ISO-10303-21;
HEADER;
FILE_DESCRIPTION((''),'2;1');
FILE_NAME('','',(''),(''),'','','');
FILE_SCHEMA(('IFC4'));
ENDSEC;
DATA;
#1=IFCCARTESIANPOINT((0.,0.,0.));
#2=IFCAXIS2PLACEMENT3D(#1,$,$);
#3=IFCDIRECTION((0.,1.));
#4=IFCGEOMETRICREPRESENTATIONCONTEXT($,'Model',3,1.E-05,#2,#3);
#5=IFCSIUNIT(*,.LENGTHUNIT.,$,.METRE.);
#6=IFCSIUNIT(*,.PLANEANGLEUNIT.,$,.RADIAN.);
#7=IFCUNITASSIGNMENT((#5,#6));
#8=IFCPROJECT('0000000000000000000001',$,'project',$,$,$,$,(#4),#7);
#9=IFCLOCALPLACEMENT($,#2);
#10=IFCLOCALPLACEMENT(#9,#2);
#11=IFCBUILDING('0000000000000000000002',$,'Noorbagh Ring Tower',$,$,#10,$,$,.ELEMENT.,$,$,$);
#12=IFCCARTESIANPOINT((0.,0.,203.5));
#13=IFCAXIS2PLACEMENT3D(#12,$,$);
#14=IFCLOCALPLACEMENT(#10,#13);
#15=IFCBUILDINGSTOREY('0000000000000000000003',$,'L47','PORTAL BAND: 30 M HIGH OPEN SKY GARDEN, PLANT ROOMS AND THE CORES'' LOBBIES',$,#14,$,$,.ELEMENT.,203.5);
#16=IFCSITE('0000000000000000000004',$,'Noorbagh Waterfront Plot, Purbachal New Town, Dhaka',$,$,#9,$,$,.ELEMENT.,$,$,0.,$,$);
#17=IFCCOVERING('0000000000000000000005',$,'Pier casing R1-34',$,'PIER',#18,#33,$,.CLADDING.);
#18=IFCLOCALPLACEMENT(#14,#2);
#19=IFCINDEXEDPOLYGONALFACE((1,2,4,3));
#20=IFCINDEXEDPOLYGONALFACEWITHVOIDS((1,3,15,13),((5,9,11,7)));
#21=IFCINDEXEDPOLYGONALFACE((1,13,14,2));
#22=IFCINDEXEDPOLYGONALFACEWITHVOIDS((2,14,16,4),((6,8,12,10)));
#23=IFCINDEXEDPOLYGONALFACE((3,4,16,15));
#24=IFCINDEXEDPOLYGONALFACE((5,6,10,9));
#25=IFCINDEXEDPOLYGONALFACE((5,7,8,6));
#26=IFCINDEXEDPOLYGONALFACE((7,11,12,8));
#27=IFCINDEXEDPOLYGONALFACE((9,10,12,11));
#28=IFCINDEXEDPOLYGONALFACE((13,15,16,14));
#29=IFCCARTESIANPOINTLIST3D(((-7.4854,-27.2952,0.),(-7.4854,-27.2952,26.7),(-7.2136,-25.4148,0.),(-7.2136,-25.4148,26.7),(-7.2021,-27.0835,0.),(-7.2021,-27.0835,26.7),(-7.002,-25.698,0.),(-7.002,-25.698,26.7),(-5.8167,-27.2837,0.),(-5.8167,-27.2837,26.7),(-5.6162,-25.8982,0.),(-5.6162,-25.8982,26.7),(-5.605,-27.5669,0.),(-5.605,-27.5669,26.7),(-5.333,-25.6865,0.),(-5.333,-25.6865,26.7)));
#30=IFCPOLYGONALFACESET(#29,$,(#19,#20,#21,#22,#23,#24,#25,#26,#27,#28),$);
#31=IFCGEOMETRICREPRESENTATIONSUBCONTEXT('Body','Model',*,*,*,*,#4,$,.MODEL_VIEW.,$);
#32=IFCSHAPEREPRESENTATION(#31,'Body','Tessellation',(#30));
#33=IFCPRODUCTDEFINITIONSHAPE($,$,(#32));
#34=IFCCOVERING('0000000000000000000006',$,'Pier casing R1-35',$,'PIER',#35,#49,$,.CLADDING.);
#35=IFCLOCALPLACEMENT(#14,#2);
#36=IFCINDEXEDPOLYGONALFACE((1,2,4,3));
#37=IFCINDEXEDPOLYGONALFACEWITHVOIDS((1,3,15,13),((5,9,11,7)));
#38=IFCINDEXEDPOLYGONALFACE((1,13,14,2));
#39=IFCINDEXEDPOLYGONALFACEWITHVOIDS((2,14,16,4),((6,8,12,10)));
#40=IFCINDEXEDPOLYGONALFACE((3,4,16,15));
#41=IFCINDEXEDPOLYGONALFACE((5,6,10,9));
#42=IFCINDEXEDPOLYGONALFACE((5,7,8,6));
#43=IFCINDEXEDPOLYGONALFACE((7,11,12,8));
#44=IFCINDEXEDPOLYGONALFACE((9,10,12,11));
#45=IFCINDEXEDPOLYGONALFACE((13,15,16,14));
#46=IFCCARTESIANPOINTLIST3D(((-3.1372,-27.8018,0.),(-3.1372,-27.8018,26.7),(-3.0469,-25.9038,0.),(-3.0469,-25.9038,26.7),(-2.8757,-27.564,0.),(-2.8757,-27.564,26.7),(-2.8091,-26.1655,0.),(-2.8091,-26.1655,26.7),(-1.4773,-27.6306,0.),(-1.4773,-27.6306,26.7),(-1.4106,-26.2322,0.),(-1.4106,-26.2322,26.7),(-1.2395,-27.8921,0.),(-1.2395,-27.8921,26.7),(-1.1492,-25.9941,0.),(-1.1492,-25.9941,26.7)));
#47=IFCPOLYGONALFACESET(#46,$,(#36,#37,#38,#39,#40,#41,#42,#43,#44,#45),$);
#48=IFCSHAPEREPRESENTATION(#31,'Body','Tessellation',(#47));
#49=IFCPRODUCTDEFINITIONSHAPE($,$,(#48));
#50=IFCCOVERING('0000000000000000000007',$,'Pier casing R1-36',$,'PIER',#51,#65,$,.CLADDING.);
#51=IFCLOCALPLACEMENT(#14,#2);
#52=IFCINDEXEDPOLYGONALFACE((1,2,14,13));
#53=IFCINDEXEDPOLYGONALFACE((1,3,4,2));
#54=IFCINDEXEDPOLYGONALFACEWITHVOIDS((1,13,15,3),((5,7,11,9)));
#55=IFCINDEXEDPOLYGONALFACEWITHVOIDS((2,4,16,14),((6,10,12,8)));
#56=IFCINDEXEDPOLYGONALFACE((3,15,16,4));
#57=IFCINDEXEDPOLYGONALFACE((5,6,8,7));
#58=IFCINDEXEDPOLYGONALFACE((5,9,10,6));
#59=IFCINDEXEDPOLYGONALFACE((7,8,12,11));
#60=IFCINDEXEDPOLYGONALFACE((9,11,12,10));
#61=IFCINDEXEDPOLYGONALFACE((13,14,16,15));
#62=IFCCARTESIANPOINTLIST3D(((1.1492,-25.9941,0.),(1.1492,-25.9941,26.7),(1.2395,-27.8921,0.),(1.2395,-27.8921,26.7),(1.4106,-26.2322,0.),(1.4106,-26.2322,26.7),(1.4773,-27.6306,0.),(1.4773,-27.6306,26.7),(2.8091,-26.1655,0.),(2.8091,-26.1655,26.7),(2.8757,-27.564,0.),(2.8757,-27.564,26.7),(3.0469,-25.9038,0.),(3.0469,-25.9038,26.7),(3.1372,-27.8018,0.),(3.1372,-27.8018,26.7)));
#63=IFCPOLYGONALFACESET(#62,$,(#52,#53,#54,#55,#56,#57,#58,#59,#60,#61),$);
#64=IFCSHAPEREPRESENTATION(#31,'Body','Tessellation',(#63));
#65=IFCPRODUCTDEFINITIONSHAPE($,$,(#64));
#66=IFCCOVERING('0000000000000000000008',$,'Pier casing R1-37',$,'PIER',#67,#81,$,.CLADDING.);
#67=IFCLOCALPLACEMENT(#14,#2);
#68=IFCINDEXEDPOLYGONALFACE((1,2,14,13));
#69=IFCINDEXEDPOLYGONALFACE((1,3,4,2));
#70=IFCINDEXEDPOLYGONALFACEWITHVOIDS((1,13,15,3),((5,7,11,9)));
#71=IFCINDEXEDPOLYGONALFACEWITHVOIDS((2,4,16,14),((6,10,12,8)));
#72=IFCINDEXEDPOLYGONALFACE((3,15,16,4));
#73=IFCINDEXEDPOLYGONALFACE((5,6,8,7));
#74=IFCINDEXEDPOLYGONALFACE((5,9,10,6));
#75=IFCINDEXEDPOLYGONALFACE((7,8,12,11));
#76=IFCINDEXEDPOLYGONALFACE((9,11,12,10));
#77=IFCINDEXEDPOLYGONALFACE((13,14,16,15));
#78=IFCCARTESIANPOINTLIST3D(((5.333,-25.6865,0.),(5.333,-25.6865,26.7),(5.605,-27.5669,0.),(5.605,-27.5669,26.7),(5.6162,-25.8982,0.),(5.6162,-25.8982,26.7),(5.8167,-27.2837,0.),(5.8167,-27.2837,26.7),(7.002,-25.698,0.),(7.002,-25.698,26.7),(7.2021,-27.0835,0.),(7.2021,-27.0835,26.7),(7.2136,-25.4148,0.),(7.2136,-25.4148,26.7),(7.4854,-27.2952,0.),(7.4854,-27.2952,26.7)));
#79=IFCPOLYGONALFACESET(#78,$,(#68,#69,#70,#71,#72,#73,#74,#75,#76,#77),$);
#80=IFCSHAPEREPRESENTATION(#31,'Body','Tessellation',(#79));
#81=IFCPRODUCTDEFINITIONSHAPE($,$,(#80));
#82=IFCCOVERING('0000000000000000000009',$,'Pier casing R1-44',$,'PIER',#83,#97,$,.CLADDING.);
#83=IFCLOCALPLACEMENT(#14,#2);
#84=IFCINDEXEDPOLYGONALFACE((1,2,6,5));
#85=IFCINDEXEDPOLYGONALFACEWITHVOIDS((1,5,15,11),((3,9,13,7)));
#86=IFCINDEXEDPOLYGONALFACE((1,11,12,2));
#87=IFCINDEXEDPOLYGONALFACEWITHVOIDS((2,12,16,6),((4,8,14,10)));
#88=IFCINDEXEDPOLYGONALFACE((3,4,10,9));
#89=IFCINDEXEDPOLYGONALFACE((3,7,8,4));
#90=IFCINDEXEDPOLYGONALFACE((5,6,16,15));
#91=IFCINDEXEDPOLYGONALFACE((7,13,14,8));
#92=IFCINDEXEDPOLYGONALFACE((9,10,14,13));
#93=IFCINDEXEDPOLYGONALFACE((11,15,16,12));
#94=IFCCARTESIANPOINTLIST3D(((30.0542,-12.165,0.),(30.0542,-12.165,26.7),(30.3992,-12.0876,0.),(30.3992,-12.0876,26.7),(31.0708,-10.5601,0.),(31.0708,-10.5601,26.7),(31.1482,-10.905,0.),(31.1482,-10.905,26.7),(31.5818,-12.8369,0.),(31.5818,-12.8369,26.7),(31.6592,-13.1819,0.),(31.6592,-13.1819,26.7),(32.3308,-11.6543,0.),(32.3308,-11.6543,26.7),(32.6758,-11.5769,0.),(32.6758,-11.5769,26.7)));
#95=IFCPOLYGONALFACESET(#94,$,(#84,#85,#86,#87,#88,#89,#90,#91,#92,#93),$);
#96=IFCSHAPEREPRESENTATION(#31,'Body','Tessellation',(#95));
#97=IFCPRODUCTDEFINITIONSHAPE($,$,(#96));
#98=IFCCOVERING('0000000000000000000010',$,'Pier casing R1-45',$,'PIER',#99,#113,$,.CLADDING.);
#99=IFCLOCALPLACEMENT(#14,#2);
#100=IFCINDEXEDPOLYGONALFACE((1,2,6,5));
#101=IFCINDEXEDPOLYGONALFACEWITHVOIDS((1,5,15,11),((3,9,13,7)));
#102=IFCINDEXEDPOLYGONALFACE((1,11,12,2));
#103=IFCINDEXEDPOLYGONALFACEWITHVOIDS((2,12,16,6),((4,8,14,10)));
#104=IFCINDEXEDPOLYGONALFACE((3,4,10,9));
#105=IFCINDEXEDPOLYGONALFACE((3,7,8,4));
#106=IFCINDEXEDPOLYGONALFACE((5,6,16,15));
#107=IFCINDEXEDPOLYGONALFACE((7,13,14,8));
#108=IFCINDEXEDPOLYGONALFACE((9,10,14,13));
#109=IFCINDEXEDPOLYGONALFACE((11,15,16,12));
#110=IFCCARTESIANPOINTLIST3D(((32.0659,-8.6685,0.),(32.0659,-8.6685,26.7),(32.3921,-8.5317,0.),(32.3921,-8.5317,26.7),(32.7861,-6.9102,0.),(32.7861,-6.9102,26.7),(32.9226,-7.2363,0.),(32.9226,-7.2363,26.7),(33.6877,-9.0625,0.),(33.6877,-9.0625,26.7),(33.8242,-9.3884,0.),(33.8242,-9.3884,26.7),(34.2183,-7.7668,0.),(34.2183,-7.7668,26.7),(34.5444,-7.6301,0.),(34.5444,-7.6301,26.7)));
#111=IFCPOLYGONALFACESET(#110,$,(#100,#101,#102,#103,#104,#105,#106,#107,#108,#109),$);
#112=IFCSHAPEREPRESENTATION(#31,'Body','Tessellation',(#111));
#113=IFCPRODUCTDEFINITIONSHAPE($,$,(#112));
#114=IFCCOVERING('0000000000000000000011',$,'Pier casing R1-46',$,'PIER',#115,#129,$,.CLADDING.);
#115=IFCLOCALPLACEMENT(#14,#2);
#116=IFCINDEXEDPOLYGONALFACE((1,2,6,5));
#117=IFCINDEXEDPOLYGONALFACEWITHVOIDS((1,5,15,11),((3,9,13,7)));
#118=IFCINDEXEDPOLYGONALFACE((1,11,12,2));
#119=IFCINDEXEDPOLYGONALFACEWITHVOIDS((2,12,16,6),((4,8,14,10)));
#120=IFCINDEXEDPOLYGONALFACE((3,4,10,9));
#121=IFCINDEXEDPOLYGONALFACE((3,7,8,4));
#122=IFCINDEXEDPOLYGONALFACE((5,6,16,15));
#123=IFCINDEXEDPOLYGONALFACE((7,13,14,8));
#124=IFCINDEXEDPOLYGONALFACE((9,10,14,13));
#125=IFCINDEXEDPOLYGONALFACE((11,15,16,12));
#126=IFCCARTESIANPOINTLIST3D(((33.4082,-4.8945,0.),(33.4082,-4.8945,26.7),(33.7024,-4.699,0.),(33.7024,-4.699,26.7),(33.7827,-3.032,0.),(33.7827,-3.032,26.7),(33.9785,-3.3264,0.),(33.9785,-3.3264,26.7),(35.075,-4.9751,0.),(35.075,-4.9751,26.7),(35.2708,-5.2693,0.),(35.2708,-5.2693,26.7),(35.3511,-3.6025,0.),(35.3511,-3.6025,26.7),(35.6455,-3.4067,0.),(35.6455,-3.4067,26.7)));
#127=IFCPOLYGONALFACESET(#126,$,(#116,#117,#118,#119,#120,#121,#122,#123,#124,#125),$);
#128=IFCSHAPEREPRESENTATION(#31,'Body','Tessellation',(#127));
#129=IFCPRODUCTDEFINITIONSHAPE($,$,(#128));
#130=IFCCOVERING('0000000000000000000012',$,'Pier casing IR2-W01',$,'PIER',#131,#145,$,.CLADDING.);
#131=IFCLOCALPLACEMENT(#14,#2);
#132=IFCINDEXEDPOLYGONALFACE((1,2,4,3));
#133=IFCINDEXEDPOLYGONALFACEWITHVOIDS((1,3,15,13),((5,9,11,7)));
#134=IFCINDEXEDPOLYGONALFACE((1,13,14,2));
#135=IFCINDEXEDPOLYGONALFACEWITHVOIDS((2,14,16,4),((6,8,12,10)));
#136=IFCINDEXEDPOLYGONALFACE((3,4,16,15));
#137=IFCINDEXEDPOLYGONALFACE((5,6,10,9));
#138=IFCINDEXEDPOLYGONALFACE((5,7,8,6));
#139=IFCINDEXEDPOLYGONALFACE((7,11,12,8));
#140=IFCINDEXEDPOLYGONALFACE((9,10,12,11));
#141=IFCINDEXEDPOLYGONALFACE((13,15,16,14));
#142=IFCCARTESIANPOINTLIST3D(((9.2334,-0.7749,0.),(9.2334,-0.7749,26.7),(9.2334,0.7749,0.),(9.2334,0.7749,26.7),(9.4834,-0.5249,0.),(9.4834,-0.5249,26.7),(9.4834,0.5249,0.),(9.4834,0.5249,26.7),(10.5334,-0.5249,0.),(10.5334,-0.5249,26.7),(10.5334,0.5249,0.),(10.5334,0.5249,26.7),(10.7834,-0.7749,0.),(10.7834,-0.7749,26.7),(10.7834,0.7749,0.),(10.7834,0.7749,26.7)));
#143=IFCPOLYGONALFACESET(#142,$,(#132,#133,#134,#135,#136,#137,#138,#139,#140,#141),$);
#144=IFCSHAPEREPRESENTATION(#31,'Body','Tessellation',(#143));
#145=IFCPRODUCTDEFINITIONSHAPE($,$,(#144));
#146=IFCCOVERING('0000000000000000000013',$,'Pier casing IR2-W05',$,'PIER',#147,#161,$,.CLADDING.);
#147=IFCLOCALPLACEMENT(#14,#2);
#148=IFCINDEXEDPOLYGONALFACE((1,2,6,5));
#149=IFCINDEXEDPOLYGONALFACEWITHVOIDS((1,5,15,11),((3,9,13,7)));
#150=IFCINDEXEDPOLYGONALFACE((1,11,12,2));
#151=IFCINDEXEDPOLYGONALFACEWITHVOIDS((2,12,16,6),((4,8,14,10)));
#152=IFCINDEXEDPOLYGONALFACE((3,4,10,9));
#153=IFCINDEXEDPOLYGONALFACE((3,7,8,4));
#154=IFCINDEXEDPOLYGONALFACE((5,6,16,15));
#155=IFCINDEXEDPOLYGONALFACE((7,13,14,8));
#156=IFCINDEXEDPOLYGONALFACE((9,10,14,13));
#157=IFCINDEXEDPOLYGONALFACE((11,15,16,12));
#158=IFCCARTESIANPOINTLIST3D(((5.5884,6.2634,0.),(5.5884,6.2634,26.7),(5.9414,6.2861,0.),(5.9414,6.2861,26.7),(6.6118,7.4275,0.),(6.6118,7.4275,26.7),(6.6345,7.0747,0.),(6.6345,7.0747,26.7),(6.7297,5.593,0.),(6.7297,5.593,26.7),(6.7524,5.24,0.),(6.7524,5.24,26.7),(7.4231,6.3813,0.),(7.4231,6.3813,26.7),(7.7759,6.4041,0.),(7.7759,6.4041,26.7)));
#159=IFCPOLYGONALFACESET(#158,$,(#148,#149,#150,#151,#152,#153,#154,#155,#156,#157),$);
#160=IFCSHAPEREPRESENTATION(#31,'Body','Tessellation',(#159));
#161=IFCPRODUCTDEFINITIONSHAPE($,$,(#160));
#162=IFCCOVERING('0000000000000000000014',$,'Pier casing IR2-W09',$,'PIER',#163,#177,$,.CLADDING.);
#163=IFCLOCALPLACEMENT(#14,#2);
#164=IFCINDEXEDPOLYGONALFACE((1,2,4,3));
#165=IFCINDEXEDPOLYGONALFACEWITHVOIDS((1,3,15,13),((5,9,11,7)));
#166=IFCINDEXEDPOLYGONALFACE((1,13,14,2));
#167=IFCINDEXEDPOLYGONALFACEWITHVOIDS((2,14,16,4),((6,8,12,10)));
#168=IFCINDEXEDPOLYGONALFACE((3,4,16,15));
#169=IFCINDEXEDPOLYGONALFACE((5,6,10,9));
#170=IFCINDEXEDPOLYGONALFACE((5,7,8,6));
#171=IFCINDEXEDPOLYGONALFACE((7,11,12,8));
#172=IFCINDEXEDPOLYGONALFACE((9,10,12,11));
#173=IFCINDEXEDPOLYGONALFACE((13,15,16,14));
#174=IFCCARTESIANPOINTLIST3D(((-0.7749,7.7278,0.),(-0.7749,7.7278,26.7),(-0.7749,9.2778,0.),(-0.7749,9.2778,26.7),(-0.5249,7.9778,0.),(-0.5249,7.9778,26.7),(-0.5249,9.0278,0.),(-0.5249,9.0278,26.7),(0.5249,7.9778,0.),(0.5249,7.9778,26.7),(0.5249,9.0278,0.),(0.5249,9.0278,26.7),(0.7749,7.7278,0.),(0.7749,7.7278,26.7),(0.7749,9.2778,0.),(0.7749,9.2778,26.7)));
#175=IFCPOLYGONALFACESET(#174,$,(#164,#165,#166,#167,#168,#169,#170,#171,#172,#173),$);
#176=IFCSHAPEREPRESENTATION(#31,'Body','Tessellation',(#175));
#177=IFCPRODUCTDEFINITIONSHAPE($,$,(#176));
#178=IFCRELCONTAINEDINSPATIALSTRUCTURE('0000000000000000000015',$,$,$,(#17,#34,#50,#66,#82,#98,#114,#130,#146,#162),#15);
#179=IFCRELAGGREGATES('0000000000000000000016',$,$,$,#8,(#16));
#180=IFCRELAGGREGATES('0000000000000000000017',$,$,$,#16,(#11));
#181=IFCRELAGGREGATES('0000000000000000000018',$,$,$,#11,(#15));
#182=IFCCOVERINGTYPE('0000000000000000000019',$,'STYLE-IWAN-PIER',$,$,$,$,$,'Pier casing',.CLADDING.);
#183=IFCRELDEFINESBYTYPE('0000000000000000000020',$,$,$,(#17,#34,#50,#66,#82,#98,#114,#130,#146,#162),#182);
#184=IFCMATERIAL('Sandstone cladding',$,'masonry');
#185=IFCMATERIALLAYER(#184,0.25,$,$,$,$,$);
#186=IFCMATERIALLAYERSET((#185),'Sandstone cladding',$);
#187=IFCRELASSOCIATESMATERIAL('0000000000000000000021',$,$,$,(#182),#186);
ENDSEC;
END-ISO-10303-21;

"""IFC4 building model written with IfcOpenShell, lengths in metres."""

from ifc_helpers import new_model, si_unit, direction, frame, origin, place, context, subcontext, project, spatial, polyline, outline, extrude, material, layer, layer_set, type_object, element, save


model = new_model("IFC4")

# Units and contexts
model_context = context("Model", 3, precision=1e-05, world=origin(), true_north=direction((0.0, 1.0)))
body_context = subcontext(model_context, "Body", "Model", "MODEL_VIEW")
ifc_project = project(units=[si_unit("LENGTHUNIT", "METRE"), si_unit("PLANEANGLEUNIT", "RADIAN")], contexts=[model_context])

# Site, building, storey
site_placement = place(None, origin())
site = spatial("IfcSite", under=ifc_project, at=site_placement, Name="Noorbagh Waterfront Plot, Purbachal New Town, Dhaka", CompositionType="ELEMENT", RefElevation=0.0)
building_placement = place(site_placement, origin())
building = spatial("IfcBuilding", under=site, at=building_placement, Name="Noorbagh Ring Tower", CompositionType="ELEMENT")
storey_placement = place(building_placement, frame((0.0, 0.0, 203.5)))
storey = spatial("IfcBuildingStorey", under=building, at=storey_placement, Name="L47", Description="PORTAL BAND: 30 M HIGH OPEN SKY GARDEN, PLANT ROOMS AND THE CORES' LOBBIES", CompositionType="ELEMENT", Elevation=203.5)

# Coverings
ifc_material = material(Name="Sandstone cladding", Category="masonry")
ifc_layer = layer(ifc_material, 0.25)
ifc_layer_set = layer_set([ifc_layer], Name="Sandstone cladding")
covering_type = type_object("IfcCoveringType", Name="STYLE-IWAN-PIER", ElementType="Pier casing", PredefinedType="CLADDING", material=ifc_layer_set)
covering_1_placement = place(storey_placement, origin())
element("IfcCovering", 1, at=covering_1_placement, inside=storey, type_object=covering_type, Name="Pier casing R1-34", ObjectType="PIER", PredefinedType="CLADDING", context=body_context, shape_type="SweptSolid", body=[
    extrude(outline(polyline([(-7.4854, -27.2952), (-7.2136, -25.4148), (-5.333, -25.6865), (-5.605, -27.5669), (-7.4854, -27.2952)]), holes=[polyline([(-7.2021, -27.0835), (-5.8167, -27.2837), (-5.6162, -25.8982), (-7.002, -25.698), (-7.2021, -27.0835)])]), origin(), (0.0, 0.0, 1.0), 26.7),
])
covering_2_placement = place(storey_placement, origin())
element("IfcCovering", 2, at=covering_2_placement, inside=storey, type_object=covering_type, Name="Pier casing R1-35", ObjectType="PIER", PredefinedType="CLADDING", context=body_context, shape_type="SweptSolid", body=[
    extrude(outline(polyline([(-3.1372, -27.8018), (-3.0469, -25.9038), (-1.1492, -25.9941), (-1.2395, -27.8921), (-3.1372, -27.8018)]), holes=[polyline([(-2.8757, -27.564), (-1.4773, -27.6306), (-1.4106, -26.2322), (-2.8091, -26.1655), (-2.8757, -27.564)])]), origin(), (0.0, 0.0, 1.0), 26.7),
])
covering_3_placement = place(storey_placement, origin())
element("IfcCovering", 3, at=covering_3_placement, inside=storey, type_object=covering_type, Name="Pier casing R1-36", ObjectType="PIER", PredefinedType="CLADDING", context=body_context, shape_type="SweptSolid", body=[
    extrude(outline(polyline([(1.2395, -27.8921), (1.1492, -25.9941), (3.0469, -25.9038), (3.1372, -27.8018), (1.2395, -27.8921)]), holes=[polyline([(1.4773, -27.6306), (2.8757, -27.564), (2.8091, -26.1655), (1.4106, -26.2322), (1.4773, -27.6306)])]), origin(), (0.0, 0.0, 1.0), 26.7),
])
covering_4_placement = place(storey_placement, origin())
element("IfcCovering", 4, at=covering_4_placement, inside=storey, type_object=covering_type, Name="Pier casing R1-37", ObjectType="PIER", PredefinedType="CLADDING", context=body_context, shape_type="SweptSolid", body=[
    extrude(outline(polyline([(5.605, -27.5669), (5.333, -25.6865), (7.2136, -25.4148), (7.4854, -27.2952), (5.605, -27.5669)]), holes=[polyline([(5.8167, -27.2837), (7.2021, -27.0835), (7.002, -25.698), (5.6162, -25.8982), (5.8167, -27.2837)])]), origin(), (0.0, 0.0, 1.0), 26.7),
])
covering_5_placement = place(storey_placement, origin())
element("IfcCovering", 5, at=covering_5_placement, inside=storey, type_object=covering_type, Name="Pier casing R1-44", ObjectType="PIER", PredefinedType="CLADDING", context=body_context, shape_type="SweptSolid", body=[
    extrude(outline(polyline([(31.6592, -13.1819), (30.0542, -12.165), (31.0708, -10.5601), (32.6758, -11.5769), (31.6592, -13.1819)]), holes=[polyline([(31.5818, -12.8369), (32.3308, -11.6543), (31.1482, -10.905), (30.3992, -12.0876), (31.5818, -12.8369)])]), origin(), (0.0, 0.0, 1.0), 26.7),
])
covering_6_placement = place(storey_placement, origin())
element("IfcCovering", 6, at=covering_6_placement, inside=storey, type_object=covering_type, Name="Pier casing R1-45", ObjectType="PIER", PredefinedType="CLADDING", context=body_context, shape_type="SweptSolid", body=[
    extrude(outline(polyline([(33.8242, -9.3884), (32.0659, -8.6685), (32.7861, -6.9102), (34.5444, -7.6301), (33.8242, -9.3884)]), holes=[polyline([(33.6877, -9.0625), (34.2183, -7.7668), (32.9226, -7.2363), (32.3921, -8.5317), (33.6877, -9.0625)])]), origin(), (0.0, 0.0, 1.0), 26.7),
])
covering_7_placement = place(storey_placement, origin())
element("IfcCovering", 7, at=covering_7_placement, inside=storey, type_object=covering_type, Name="Pier casing R1-46", ObjectType="PIER", PredefinedType="CLADDING", context=body_context, shape_type="SweptSolid", body=[
    extrude(outline(polyline([(35.2708, -5.2693), (33.4082, -4.8945), (33.7827, -3.032), (35.6455, -3.4067), (35.2708, -5.2693)]), holes=[polyline([(35.075, -4.9751), (35.3511, -3.6025), (33.9785, -3.3264), (33.7024, -4.699), (35.075, -4.9751)])]), origin(), (0.0, 0.0, 1.0), 26.7),
])
covering_8_placement = place(storey_placement, origin())
element("IfcCovering", 8, at=covering_8_placement, inside=storey, type_object=covering_type, Name="Pier casing IR2-W01", ObjectType="PIER", PredefinedType="CLADDING", context=body_context, shape_type="SweptSolid", body=[
    extrude(outline(polyline([(10.7834, -0.7749), (9.2334, -0.7749), (9.2334, 0.7749), (10.7834, 0.7749), (10.7834, -0.7749)]), holes=[polyline([(10.5334, -0.5249), (10.5334, 0.5249), (9.4834, 0.5249), (9.4834, -0.5249), (10.5334, -0.5249)])]), origin(), (0.0, 0.0, 1.0), 26.7),
])
covering_9_placement = place(storey_placement, origin())
element("IfcCovering", 9, at=covering_9_placement, inside=storey, type_object=covering_type, Name="Pier casing IR2-W05", ObjectType="PIER", PredefinedType="CLADDING", context=body_context, shape_type="SweptSolid", body=[
    extrude(outline(polyline([(7.7759, 6.4041), (6.7524, 5.24), (5.5884, 6.2634), (6.6118, 7.4275), (7.7759, 6.4041)]), holes=[polyline([(7.4231, 6.3813), (6.6345, 7.0747), (5.9414, 6.2861), (6.7297, 5.593), (7.4231, 6.3813)])]), origin(), (0.0, 0.0, 1.0), 26.7),
])
covering_10_placement = place(storey_placement, origin())
element("IfcCovering", 10, at=covering_10_placement, inside=storey, type_object=covering_type, Name="Pier casing IR2-W09", ObjectType="PIER", PredefinedType="CLADDING", context=body_context, shape_type="SweptSolid", body=[
    extrude(outline(polyline([(0.7749, 9.2778), (0.7749, 7.7278), (-0.7749, 7.7278), (-0.7749, 9.2778), (0.7749, 9.2778)]), holes=[polyline([(0.5249, 9.0278), (-0.5249, 9.0278), (-0.5249, 7.9778), (0.5249, 7.9778), (0.5249, 9.0278)])]), origin(), (0.0, 0.0, 1.0), 26.7),
])

save(model, "model.ifc")
